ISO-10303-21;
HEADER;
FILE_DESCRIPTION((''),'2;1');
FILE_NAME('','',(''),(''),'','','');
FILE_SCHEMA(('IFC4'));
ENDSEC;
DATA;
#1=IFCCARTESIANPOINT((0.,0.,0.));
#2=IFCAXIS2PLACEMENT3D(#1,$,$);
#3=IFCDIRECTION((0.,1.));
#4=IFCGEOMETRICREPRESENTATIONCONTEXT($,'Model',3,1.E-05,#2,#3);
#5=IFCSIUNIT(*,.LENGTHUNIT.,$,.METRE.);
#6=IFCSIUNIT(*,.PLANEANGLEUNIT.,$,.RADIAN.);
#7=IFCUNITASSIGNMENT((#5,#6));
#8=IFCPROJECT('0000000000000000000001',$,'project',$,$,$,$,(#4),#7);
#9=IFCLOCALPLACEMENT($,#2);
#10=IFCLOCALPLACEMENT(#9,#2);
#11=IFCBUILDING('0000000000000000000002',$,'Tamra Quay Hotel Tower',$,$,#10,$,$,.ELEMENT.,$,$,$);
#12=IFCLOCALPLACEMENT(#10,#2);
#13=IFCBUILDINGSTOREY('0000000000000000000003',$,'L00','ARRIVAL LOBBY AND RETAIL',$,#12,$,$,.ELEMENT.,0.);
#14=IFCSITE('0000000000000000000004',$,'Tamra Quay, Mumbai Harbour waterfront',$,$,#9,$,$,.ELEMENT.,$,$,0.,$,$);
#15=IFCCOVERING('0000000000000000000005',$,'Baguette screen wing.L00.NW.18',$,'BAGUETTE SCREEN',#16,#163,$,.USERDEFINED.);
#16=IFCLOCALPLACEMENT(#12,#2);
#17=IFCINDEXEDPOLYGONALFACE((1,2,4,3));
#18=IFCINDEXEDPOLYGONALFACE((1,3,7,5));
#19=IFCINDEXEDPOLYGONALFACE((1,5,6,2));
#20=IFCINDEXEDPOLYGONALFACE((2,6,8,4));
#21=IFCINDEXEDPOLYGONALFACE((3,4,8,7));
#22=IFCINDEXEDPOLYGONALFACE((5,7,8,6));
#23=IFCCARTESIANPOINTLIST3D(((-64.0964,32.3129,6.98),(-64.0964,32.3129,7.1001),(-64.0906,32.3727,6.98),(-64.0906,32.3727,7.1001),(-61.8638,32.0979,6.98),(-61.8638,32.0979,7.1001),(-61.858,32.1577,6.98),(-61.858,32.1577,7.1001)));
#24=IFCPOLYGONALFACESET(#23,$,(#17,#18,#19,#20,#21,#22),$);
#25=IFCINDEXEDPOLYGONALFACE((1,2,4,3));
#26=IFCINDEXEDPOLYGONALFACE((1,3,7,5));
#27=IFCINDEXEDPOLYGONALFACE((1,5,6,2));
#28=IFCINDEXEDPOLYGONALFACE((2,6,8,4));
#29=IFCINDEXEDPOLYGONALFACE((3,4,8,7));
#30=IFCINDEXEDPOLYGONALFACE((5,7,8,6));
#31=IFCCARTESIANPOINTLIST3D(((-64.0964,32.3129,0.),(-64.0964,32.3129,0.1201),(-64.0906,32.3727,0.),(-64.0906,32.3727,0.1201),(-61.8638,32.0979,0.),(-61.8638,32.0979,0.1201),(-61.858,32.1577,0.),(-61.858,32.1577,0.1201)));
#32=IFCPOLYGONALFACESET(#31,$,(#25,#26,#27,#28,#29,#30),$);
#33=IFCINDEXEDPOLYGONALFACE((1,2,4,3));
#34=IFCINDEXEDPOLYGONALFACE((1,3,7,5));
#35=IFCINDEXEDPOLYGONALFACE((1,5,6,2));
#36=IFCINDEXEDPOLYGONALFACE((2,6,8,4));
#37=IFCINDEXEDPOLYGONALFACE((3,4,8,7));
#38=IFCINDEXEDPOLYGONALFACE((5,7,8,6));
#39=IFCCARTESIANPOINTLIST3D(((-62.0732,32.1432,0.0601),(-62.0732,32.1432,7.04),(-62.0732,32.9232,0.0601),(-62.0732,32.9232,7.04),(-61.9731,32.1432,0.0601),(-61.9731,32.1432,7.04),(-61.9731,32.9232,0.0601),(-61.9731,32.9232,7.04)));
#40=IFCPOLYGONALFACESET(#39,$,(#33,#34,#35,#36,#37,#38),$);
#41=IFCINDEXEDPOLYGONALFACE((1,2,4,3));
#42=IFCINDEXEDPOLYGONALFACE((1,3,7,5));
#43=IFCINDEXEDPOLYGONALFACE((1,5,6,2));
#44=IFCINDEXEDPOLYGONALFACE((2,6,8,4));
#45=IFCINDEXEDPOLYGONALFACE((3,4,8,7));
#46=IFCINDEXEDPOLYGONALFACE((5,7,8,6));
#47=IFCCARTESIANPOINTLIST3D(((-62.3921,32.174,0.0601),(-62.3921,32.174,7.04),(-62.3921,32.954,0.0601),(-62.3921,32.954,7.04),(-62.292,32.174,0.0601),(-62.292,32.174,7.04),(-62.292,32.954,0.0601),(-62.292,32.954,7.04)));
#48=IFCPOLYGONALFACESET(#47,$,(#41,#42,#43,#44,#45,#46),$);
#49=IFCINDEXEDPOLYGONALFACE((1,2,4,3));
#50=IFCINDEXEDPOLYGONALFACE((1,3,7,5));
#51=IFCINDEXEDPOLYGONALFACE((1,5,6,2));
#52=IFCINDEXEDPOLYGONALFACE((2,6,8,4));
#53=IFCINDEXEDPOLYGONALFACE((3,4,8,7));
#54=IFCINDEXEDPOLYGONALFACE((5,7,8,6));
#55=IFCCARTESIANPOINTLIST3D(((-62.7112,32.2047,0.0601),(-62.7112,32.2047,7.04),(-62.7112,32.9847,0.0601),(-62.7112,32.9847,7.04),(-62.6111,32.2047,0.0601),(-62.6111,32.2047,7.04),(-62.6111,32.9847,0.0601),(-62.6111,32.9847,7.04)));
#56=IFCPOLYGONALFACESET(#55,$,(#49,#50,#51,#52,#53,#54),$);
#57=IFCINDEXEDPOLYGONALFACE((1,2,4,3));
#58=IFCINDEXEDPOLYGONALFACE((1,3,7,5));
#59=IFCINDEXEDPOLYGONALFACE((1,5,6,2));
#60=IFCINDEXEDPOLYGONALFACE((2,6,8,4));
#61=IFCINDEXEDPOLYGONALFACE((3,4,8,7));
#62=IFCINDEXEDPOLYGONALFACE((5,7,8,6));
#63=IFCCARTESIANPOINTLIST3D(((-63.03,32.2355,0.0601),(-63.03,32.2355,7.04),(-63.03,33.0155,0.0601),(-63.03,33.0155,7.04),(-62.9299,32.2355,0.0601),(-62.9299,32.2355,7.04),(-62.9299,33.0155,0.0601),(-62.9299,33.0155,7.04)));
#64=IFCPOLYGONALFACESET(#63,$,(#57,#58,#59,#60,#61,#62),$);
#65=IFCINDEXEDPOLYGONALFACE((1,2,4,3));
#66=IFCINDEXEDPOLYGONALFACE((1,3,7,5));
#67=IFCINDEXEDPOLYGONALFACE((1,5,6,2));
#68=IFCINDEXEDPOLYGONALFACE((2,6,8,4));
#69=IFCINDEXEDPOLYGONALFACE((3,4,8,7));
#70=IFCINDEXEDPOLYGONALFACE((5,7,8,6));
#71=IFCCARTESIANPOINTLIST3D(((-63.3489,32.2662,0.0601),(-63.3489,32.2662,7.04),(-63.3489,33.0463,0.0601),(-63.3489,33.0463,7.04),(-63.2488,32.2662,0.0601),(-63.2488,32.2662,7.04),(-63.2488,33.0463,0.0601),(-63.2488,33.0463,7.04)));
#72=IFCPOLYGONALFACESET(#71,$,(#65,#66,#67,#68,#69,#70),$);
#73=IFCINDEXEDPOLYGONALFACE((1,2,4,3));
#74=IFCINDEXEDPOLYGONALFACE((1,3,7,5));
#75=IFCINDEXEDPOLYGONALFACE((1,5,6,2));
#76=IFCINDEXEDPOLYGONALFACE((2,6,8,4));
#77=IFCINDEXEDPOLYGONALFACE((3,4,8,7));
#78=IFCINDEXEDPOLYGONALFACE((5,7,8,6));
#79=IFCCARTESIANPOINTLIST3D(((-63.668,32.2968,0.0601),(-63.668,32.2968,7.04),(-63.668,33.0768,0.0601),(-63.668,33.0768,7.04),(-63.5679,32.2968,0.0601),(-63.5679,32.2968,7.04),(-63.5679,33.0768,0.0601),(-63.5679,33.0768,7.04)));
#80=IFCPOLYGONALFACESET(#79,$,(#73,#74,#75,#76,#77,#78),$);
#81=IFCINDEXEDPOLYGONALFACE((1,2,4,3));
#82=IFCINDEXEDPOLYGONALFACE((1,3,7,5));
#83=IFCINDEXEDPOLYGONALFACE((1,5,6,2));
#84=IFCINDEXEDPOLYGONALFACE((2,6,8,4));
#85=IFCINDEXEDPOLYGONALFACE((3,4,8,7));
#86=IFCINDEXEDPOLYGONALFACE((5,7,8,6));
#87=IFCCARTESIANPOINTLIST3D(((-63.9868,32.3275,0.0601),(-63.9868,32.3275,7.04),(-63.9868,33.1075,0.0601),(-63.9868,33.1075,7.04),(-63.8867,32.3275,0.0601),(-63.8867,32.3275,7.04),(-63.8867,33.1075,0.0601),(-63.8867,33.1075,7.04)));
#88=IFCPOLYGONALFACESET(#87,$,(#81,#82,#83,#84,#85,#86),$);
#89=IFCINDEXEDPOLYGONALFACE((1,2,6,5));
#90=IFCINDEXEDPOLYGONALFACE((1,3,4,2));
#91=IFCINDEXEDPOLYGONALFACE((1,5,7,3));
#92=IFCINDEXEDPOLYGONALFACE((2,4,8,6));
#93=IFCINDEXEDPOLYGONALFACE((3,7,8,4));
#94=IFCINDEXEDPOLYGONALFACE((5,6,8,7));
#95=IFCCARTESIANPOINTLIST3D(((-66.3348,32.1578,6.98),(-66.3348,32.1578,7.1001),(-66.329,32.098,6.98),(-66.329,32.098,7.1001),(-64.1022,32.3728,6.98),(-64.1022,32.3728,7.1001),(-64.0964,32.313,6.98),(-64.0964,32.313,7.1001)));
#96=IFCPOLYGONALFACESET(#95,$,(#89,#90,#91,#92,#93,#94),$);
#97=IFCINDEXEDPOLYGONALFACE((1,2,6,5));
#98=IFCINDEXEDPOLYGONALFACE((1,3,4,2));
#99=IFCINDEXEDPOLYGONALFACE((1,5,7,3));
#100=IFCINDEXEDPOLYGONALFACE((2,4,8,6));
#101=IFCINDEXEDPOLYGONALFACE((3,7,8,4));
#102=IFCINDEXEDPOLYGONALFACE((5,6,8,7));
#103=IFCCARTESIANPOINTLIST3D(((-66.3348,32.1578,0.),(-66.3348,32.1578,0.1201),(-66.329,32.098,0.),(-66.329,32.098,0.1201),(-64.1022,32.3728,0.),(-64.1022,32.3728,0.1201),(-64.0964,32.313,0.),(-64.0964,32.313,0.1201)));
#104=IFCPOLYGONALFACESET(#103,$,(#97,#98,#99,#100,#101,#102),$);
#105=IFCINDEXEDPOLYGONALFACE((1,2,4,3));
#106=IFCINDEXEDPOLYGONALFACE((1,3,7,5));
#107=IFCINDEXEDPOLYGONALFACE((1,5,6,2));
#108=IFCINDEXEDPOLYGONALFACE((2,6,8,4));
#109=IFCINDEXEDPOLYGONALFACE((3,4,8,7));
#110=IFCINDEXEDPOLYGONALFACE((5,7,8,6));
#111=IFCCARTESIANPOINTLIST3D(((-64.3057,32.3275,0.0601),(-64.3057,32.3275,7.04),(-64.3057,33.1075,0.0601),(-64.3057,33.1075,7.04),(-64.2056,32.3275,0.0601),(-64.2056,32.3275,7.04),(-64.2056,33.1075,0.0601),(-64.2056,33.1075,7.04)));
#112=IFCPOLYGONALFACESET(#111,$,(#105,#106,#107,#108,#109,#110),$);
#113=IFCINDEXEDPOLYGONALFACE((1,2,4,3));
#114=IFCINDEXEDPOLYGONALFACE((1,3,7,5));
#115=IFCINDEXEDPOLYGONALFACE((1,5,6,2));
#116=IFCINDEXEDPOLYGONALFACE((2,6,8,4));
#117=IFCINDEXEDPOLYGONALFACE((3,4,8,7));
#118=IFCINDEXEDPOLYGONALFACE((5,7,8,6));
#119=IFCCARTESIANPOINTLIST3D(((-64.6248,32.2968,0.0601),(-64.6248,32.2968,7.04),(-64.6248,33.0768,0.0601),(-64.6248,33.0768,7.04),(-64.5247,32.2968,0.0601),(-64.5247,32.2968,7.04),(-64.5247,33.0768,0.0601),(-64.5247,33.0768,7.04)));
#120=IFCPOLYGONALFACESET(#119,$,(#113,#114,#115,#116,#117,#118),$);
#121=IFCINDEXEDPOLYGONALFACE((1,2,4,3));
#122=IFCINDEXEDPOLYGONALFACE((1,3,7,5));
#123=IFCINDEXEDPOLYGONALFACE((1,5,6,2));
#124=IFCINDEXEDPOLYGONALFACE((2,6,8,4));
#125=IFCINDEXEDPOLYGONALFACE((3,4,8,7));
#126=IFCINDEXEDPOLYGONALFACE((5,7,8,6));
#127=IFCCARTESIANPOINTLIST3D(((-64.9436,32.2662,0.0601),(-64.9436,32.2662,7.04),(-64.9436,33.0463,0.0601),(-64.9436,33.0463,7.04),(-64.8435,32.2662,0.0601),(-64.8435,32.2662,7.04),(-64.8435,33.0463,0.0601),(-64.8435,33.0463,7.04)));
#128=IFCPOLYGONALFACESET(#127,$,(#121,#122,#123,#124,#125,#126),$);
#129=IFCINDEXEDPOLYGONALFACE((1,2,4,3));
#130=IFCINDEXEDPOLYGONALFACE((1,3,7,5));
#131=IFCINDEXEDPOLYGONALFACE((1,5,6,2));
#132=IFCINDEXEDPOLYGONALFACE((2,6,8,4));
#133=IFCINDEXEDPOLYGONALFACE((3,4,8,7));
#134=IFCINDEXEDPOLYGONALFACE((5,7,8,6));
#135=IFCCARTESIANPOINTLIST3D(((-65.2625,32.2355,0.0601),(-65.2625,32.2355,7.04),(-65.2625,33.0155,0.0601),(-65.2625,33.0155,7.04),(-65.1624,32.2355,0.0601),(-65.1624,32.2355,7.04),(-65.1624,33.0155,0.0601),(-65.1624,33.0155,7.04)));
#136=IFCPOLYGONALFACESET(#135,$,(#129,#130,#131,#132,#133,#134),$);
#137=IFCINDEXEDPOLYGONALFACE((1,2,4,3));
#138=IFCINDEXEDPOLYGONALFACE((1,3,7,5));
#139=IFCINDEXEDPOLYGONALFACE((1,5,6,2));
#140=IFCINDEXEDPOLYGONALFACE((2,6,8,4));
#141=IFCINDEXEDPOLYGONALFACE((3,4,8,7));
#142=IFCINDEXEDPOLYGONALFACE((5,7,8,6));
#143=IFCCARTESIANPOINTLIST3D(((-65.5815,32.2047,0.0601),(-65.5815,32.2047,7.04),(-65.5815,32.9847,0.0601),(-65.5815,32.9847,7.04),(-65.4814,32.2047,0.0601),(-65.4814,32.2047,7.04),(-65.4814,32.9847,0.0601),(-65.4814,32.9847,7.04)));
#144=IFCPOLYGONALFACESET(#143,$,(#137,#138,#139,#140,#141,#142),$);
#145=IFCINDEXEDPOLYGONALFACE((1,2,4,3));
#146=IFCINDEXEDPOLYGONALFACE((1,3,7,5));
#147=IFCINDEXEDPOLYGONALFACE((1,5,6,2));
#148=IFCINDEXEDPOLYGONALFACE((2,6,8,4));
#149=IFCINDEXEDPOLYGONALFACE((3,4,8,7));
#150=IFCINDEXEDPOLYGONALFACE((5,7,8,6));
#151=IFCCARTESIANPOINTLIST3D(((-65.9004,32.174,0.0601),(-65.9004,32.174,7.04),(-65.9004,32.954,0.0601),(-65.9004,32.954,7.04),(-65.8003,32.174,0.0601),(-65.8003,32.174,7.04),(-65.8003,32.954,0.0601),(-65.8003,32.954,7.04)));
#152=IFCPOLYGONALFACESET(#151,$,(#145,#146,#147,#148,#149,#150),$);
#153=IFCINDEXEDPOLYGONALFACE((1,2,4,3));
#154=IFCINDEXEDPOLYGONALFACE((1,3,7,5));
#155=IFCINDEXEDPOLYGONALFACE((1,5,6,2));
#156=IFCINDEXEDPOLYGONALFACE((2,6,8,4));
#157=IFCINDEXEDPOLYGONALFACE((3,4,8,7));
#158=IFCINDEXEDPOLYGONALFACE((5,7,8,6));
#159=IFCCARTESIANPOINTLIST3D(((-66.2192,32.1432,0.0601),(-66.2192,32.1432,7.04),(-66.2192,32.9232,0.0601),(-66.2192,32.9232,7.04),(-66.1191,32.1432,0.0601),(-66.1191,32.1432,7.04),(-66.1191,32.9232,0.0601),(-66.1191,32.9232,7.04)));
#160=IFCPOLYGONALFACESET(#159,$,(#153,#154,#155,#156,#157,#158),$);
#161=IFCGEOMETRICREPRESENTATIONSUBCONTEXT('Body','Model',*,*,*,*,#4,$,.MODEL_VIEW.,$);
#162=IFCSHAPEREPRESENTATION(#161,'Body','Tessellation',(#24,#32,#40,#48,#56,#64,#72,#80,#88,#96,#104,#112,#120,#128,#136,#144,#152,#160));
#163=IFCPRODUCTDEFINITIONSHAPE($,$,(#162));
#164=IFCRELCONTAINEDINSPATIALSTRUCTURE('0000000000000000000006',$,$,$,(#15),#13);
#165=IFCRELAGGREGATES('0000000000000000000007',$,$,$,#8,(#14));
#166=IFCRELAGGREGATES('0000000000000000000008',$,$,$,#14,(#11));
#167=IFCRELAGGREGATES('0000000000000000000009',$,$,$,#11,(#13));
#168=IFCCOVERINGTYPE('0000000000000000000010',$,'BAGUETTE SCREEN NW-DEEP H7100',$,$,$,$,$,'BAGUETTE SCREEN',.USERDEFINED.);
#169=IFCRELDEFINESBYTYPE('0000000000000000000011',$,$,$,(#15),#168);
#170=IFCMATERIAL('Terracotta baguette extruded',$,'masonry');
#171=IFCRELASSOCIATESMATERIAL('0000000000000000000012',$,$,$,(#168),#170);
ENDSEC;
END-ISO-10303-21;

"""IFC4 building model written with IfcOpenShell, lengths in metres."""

from ifc_helpers import new_model, si_unit, direction, frame, frame_2d, origin, place, context, subcontext, project, spatial, rectangle, extrude, source, transform, mapped, material, type_object, element, save


model = new_model("IFC4")

# Units and contexts
model_context = context("Model", 3, precision=1e-05, world=origin(), true_north=direction((0.0, 1.0)))
body_context = subcontext(model_context, "Body", "Model", "MODEL_VIEW")
ifc_project = project(units=[si_unit("LENGTHUNIT", "METRE"), si_unit("PLANEANGLEUNIT", "RADIAN")], contexts=[model_context])

# Site, building, storey
site_placement = place(None, origin())
site = spatial("IfcSite", under=ifc_project, at=site_placement, Name="Tamra Quay, Mumbai Harbour waterfront", CompositionType="ELEMENT", RefElevation=0.0)
building_placement = place(site_placement, origin())
building = spatial("IfcBuilding", under=site, at=building_placement, Name="Tamra Quay Hotel Tower", CompositionType="ELEMENT")
storey_placement = place(building_placement, origin())
storey = spatial("IfcBuildingStorey", under=building, at=storey_placement, Name="L00", Description="ARRIVAL LOBBY AND RETAIL", CompositionType="ELEMENT", Elevation=0.0)

# Covering
ifc_material_1 = material(Name="Terracotta baguette extruded", Category="masonry")
covering_type_1 = type_object("IfcCoveringType", Name="BAGUETTE SCREEN NW-DEEP H7100", ElementType="BAGUETTE SCREEN", PredefinedType="USERDEFINED", material=ifc_material_1)
shared_shape_1 = source(origin(), body_context, "Body", "SweptSolid", [
    extrude(rectangle(XDim=2.2429, YDim=0.0601, at=frame_2d((1.1216, 0.03))), frame((-2.2383, -0.0576, -0.1201), z_axis=(0.0, 0.0, 1.0), x_axis=(0.995396, -0.095846, 0.0)), (0.0, 0.0, 1.0), 0.1201),
    extrude(rectangle(XDim=2.2429, YDim=0.0601, at=frame_2d((1.1216, 0.03))), frame((-2.2383, -0.0576, -7.1001), z_axis=(0.0, 0.0, 1.0), x_axis=(0.995396, -0.095846, 0.0)), (0.0, 0.0, 1.0), 0.1201),
    extrude(rectangle(XDim=0.1001, YDim=0.78, at=frame_2d((0.05, 0.3901))), frame((-2.123, -0.8232, -7.04)), (0.0, 0.0, 1.0), 6.98),
    extrude(rectangle(XDim=0.1001, YDim=0.78, at=frame_2d((0.05, 0.3901))), frame((-1.8042, -0.854, -7.04)), (0.0, 0.0, 1.0), 6.98),
    extrude(rectangle(XDim=0.1001, YDim=0.78, at=frame_2d((0.05, 0.3901))), frame((-1.4851, -0.8848, -7.04)), (0.0, 0.0, 1.0), 6.98),
    extrude(rectangle(XDim=0.1001, YDim=0.78, at=frame_2d((0.05, 0.3901))), frame((-1.1663, -0.9155, -7.04)), (0.0, 0.0, 1.0), 6.98),
    extrude(rectangle(XDim=0.1001, YDim=0.78, at=frame_2d((0.05, 0.3901))), frame((-0.8474, -0.9463, -7.04)), (0.0, 0.0, 1.0), 6.98),
    extrude(rectangle(XDim=0.1001, YDim=0.78, at=frame_2d((0.05, 0.3901))), frame((-0.5283, -0.9768, -7.04)), (0.0, 0.0, 1.0), 6.98),
    extrude(rectangle(XDim=0.1001, YDim=0.78, at=frame_2d((0.05, 0.3901))), frame((-0.2095, -1.0076, -7.04)), (0.0, 0.0, 1.0), 6.98),
    extrude(rectangle(XDim=2.2429, YDim=0.0601, at=frame_2d((1.1216, 0.03))), frame((0.0059, -0.2727, -0.1201), z_axis=(0.0, 0.0, 1.0), x_axis=(0.995396, 0.095846, 0.0)), (0.0, 0.0, 1.0), 0.1201),
    extrude(rectangle(XDim=2.2429, YDim=0.0601, at=frame_2d((1.1216, 0.03))), frame((0.0059, -0.2727, -7.1001), z_axis=(0.0, 0.0, 1.0), x_axis=(0.995396, 0.095846, 0.0)), (0.0, 0.0, 1.0), 0.1201),
    extrude(rectangle(XDim=0.1001, YDim=0.78, at=frame_2d((0.05, 0.3901))), frame((0.1094, -1.0076, -7.04)), (0.0, 0.0, 1.0), 6.98),
    extrude(rectangle(XDim=0.1001, YDim=0.78, at=frame_2d((0.05, 0.3901))), frame((0.4285, -0.9768, -7.04)), (0.0, 0.0, 1.0), 6.98),
    extrude(rectangle(XDim=0.1001, YDim=0.78, at=frame_2d((0.05, 0.3901))), frame((0.7473, -0.9463, -7.04)), (0.0, 0.0, 1.0), 6.98),
    extrude(rectangle(XDim=0.1001, YDim=0.78, at=frame_2d((0.05, 0.3901))), frame((1.0662, -0.9155, -7.04)), (0.0, 0.0, 1.0), 6.98),
    extrude(rectangle(XDim=0.1001, YDim=0.78, at=frame_2d((0.05, 0.3901))), frame((1.3853, -0.8848, -7.04)), (0.0, 0.0, 1.0), 6.98),
    extrude(rectangle(XDim=0.1001, YDim=0.78, at=frame_2d((0.05, 0.3901))), frame((1.7041, -0.854, -7.04)), (0.0, 0.0, 1.0), 6.98),
    extrude(rectangle(XDim=0.1001, YDim=0.78, at=frame_2d((0.05, 0.3901))), frame((2.0229, -0.8232, -7.04)), (0.0, 0.0, 1.0), 6.98),
])
for number, where, z_axis, x_axis, name in (
    (1, (-64.0962, 32.1001, 7.1001), (0.0, 0.0, 1.0), (-1.0, 0.0, 0.0), "Baguette screen wing.L00.NW.18"),
):
    element("IfcCovering", number, at=place(storey_placement, frame(where, z_axis=z_axis, x_axis=x_axis)), inside=storey, type_object=covering_type_1, Name=name, ObjectType="BAGUETTE SCREEN", PredefinedType="USERDEFINED", context=body_context, shape_type="MappedRepresentation", body=[
        mapped(shared_shape_1, transform((0.0, 0.0, 0.0), scale=1.0)),
    ])

save(model, "model.ifc")
